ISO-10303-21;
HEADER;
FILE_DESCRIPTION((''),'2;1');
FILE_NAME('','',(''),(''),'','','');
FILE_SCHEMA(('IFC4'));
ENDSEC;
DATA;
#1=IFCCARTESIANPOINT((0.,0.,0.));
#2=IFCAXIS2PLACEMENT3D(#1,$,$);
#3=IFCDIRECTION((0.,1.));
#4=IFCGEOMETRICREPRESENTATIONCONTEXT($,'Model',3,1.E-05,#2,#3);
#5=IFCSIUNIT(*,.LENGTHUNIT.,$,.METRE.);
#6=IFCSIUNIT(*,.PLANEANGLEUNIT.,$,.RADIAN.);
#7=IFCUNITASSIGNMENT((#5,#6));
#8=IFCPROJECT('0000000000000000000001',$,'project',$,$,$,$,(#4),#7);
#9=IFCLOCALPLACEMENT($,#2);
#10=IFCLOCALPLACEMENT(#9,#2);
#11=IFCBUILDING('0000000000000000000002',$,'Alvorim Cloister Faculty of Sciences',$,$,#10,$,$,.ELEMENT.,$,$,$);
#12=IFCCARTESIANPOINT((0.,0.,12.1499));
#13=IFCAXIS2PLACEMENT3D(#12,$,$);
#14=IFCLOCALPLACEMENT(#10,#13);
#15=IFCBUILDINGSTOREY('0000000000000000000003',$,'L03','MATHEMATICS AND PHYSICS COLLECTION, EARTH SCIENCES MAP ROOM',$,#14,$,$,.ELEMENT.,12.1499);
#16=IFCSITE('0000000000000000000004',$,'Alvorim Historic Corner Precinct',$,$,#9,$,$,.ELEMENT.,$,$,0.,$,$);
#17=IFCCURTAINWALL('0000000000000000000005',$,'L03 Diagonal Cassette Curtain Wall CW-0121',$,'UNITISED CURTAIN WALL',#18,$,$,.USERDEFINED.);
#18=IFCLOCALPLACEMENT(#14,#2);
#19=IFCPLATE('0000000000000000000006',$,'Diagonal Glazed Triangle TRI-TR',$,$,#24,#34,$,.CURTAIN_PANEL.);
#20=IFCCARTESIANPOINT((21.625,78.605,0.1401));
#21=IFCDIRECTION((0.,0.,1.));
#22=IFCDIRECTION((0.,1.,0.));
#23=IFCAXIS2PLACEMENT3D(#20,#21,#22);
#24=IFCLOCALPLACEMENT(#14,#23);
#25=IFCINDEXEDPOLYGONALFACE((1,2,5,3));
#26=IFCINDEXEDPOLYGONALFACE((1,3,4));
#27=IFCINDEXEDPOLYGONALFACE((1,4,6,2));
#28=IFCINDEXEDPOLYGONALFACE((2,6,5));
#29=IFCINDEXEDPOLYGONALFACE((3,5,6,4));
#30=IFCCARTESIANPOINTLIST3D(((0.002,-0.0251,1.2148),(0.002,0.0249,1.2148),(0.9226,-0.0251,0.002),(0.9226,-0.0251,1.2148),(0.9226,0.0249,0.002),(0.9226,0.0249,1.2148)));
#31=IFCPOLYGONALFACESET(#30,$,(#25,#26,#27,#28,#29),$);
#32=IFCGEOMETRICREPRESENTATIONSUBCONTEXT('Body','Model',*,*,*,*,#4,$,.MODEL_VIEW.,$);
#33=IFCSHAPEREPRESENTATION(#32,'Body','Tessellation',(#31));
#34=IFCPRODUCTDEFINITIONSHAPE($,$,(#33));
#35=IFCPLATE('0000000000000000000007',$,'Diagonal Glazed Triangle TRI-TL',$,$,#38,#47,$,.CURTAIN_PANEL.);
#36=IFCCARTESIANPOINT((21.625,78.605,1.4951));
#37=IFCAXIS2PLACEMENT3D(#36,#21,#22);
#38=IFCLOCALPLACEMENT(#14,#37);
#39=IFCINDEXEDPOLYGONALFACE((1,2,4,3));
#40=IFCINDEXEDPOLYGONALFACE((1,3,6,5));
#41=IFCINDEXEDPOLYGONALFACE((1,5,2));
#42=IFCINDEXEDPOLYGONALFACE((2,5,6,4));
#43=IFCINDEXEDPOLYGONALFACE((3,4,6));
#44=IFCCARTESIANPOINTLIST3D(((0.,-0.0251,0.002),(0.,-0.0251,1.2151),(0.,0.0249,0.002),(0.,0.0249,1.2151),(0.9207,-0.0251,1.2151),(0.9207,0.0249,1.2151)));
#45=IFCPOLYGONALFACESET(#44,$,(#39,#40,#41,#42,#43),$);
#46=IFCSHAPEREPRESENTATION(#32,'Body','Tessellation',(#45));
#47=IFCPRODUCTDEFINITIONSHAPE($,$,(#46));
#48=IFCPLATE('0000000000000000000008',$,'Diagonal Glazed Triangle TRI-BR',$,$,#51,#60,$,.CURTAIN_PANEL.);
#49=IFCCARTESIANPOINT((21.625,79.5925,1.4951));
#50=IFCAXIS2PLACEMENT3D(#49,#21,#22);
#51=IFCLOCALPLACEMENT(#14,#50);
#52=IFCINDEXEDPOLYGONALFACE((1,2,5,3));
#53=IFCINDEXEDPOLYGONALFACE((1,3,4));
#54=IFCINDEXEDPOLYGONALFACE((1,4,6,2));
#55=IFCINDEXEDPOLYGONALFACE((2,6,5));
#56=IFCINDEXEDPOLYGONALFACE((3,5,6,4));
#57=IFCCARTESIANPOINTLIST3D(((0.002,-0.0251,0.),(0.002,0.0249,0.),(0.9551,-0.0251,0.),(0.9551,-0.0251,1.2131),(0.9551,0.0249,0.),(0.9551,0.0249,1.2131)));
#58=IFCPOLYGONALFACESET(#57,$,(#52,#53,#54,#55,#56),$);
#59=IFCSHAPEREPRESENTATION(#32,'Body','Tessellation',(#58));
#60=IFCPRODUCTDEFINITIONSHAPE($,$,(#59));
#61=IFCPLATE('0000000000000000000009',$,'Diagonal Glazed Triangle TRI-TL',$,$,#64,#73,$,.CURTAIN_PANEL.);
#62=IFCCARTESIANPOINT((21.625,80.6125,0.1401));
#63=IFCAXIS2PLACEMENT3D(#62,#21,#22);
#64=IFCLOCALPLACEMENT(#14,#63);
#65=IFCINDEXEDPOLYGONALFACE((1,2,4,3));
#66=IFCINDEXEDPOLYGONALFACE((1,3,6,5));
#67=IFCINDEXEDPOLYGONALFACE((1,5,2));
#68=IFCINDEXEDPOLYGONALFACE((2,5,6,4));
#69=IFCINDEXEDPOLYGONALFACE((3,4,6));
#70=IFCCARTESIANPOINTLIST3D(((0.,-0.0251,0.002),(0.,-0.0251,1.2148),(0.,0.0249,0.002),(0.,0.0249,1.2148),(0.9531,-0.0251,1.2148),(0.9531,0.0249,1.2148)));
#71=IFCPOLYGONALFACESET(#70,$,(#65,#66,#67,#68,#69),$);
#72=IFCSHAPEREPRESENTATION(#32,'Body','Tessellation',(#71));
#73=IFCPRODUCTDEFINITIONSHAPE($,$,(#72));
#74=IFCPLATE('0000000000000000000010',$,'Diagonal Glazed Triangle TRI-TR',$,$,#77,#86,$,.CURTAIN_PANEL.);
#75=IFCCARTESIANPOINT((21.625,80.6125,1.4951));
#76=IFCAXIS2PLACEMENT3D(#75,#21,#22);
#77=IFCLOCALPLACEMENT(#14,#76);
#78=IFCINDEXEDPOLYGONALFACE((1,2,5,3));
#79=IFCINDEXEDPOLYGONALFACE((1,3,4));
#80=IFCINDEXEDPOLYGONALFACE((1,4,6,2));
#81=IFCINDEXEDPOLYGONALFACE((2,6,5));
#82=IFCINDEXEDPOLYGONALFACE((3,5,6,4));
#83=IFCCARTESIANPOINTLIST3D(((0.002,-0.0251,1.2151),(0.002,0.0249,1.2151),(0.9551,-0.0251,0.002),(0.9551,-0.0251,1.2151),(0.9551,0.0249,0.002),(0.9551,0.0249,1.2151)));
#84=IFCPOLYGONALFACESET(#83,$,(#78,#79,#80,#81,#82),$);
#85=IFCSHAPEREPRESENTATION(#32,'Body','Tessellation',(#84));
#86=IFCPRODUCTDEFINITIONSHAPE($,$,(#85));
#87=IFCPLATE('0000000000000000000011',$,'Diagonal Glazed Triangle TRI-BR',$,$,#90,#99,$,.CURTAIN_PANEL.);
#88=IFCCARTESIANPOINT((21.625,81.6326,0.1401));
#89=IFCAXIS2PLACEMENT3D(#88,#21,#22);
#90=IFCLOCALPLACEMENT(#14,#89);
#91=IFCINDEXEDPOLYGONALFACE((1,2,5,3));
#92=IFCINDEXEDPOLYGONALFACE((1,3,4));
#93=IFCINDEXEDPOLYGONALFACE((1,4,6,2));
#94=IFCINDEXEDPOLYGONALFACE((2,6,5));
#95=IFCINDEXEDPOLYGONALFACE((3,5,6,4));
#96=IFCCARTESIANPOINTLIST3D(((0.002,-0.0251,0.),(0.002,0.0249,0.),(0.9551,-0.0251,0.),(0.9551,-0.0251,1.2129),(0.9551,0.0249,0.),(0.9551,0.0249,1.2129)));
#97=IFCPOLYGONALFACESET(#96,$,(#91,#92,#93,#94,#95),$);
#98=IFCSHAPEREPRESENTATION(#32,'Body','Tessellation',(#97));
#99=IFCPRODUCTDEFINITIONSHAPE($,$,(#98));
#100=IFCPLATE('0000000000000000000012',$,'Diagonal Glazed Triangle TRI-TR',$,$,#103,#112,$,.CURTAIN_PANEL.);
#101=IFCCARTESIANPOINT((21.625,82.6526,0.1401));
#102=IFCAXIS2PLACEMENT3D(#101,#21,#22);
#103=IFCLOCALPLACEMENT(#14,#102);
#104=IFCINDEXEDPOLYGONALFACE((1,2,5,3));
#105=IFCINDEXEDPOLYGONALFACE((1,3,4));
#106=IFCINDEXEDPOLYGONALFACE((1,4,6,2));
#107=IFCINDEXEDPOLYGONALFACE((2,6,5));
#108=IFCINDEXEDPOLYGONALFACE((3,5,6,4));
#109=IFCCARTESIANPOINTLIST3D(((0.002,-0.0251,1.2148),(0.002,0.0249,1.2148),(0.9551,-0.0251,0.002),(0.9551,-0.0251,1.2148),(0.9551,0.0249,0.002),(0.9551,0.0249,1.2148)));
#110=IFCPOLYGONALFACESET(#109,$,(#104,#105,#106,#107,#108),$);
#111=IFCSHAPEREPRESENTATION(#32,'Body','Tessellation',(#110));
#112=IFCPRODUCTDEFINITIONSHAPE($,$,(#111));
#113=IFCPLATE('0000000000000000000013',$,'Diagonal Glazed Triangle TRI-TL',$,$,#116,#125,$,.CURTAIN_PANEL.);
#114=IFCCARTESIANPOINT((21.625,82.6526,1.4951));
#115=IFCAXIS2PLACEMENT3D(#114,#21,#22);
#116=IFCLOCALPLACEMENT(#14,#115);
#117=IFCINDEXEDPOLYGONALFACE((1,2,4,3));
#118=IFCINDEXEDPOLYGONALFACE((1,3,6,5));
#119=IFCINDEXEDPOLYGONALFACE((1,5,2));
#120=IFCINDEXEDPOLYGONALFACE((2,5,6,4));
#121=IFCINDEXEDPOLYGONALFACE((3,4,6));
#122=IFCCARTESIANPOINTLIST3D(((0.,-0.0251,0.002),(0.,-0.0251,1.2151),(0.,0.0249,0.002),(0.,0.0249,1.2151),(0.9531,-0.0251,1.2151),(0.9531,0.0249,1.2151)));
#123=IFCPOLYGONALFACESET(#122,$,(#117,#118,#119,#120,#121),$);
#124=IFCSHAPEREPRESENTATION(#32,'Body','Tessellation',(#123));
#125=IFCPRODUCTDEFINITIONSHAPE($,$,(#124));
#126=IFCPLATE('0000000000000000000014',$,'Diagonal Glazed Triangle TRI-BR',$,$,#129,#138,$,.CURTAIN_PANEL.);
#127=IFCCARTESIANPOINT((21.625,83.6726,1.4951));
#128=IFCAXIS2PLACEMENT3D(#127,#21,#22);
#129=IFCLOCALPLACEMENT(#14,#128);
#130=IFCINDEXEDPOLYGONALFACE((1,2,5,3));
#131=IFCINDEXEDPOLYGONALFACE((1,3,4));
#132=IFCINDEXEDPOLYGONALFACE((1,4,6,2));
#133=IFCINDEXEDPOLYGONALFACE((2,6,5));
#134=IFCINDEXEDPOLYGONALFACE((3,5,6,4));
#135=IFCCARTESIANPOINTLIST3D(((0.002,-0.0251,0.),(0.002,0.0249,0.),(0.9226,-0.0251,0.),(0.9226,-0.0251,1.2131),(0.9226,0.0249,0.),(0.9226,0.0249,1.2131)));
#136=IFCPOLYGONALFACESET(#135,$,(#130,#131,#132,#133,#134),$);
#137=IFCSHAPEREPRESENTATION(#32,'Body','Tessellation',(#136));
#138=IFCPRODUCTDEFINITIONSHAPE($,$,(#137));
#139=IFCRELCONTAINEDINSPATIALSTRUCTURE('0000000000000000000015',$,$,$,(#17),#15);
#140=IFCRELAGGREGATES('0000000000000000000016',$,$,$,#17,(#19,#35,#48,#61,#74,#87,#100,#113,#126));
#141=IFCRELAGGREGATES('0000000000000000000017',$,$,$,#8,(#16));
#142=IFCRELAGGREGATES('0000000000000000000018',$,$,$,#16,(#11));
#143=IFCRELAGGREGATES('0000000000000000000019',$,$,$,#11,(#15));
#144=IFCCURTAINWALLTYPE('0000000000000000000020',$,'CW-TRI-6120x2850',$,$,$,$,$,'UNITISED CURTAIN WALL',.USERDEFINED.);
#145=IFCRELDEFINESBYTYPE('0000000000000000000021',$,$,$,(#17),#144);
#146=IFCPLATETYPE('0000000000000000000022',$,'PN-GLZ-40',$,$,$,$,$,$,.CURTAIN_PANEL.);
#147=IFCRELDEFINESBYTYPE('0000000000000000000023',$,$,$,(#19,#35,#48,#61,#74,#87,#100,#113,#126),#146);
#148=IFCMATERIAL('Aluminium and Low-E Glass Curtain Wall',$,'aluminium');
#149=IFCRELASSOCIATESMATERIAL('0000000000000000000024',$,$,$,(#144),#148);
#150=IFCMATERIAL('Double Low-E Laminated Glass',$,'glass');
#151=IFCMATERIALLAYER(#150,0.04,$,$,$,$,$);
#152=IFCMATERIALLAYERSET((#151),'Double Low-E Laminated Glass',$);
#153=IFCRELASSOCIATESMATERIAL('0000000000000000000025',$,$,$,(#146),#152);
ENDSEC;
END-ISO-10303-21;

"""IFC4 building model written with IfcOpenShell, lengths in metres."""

from ifc_helpers import new_model, si_unit, direction, frame, origin, place, context, subcontext, project, spatial, polyline, outline, extrude, material, layer, layer_set, type_object, element, aggregate, save


model = new_model("IFC4")

# Units and contexts
model_context = context("Model", 3, precision=1e-05, world=origin(), true_north=direction((0.0, 1.0)))
body_context = subcontext(model_context, "Body", "Model", "MODEL_VIEW")
ifc_project = project(units=[si_unit("LENGTHUNIT", "METRE"), si_unit("PLANEANGLEUNIT", "RADIAN")], contexts=[model_context])

# Site, building, storey
site_placement = place(None, origin())
site = spatial("IfcSite", under=ifc_project, at=site_placement, Name="Alvorim Historic Corner Precinct", CompositionType="ELEMENT", RefElevation=0.0)
building_placement = place(site_placement, origin())
building = spatial("IfcBuilding", under=site, at=building_placement, Name="Alvorim Cloister Faculty of Sciences", CompositionType="ELEMENT")
storey_placement = place(building_placement, frame((0.0, 0.0, 12.1499)))
storey = spatial("IfcBuildingStorey", under=building, at=storey_placement, Name="L03", Description="MATHEMATICS AND PHYSICS COLLECTION, EARTH SCIENCES MAP ROOM", CompositionType="ELEMENT", Elevation=12.1499)

# Curtain wall, plates
ifc_material_1 = material(Name="Aluminium and Low-E Glass Curtain Wall", Category="aluminium")
curtain_wall_type = type_object("IfcCurtainWallType", Name="CW-TRI-6120x2850", ElementType="UNITISED CURTAIN WALL", PredefinedType="USERDEFINED", material=ifc_material_1)
curtain_wall_placement = place(storey_placement, origin())
curtain_wall = element("IfcCurtainWall", 1, at=curtain_wall_placement, inside=storey, type_object=curtain_wall_type, Name="L03 Diagonal Cassette Curtain Wall CW-0121", ObjectType="UNITISED CURTAIN WALL", PredefinedType="USERDEFINED")
ifc_material_2 = material(Name="Double Low-E Laminated Glass", Category="glass")
ifc_layer_1 = layer(ifc_material_2, 0.04)
ifc_layer_set_1 = layer_set([ifc_layer_1], Name="Double Low-E Laminated Glass")
plate_type = type_object("IfcPlateType", Name="PN-GLZ-40", PredefinedType="CURTAIN_PANEL", material=ifc_layer_set_1)
plate_1_placement = place(storey_placement, frame((21.625, 78.605, 0.1401), z_axis=(0.0, 0.0, 1.0), x_axis=(0.0, 1.0, 0.0)))
plate_1 = element("IfcPlate", 2, at=plate_1_placement, type_object=plate_type, Name="Diagonal Glazed Triangle TRI-TR", PredefinedType="CURTAIN_PANEL", context=body_context, shape_type="SweptSolid", body=[
    extrude(outline(polyline([(0.9226, 0.002), (0.9226, 1.2148), (0.002, 1.2148), (0.9226, 0.002)])), frame((0.0, 0.0249, 0.0), z_axis=(0.0, -1.0, 0.0), x_axis=(1.0, 0.0, 0.0)), (0.0, 0.0, 1.0), 0.05),
])
plate_2_placement = place(storey_placement, frame((21.625, 78.605, 1.4951), z_axis=(0.0, 0.0, 1.0), x_axis=(0.0, 1.0, 0.0)))
plate_2 = element("IfcPlate", 3, at=plate_2_placement, type_object=plate_type, Name="Diagonal Glazed Triangle TRI-TL", PredefinedType="CURTAIN_PANEL", context=body_context, shape_type="SweptSolid", body=[
    extrude(outline(polyline([(0.9207, 1.2151), (0.0, 1.2151), (0.0, 0.002), (0.9207, 1.2151)])), frame((0.0, 0.0249, 0.0), z_axis=(0.0, -1.0, 0.0), x_axis=(1.0, 0.0, 0.0)), (0.0, 0.0, 1.0), 0.05),
])
plate_3_placement = place(storey_placement, frame((21.625, 79.5925, 1.4951), z_axis=(0.0, 0.0, 1.0), x_axis=(0.0, 1.0, 0.0)))
plate_3 = element("IfcPlate", 4, at=plate_3_placement, type_object=plate_type, Name="Diagonal Glazed Triangle TRI-BR", PredefinedType="CURTAIN_PANEL", context=body_context, shape_type="SweptSolid", body=[
    extrude(outline(polyline([(0.002, 0.0), (0.9551, 0.0), (0.9551, 1.2131), (0.002, 0.0)])), frame((0.0, 0.0249, 0.0), z_axis=(0.0, -1.0, 0.0), x_axis=(1.0, 0.0, 0.0)), (0.0, 0.0, 1.0), 0.05),
])
plate_4_placement = place(storey_placement, frame((21.625, 80.6125, 0.1401), z_axis=(0.0, 0.0, 1.0), x_axis=(0.0, 1.0, 0.0)))
plate_4 = element("IfcPlate", 5, at=plate_4_placement, type_object=plate_type, Name="Diagonal Glazed Triangle TRI-TL", PredefinedType="CURTAIN_PANEL", context=body_context, shape_type="SweptSolid", body=[
    extrude(outline(polyline([(0.9531, 1.2148), (0.0, 1.2148), (0.0, 0.002), (0.9531, 1.2148)])), frame((0.0, 0.0249, 0.0), z_axis=(0.0, -1.0, 0.0), x_axis=(1.0, 0.0, 0.0)), (0.0, 0.0, 1.0), 0.05),
])
plate_5_placement = place(storey_placement, frame((21.625, 80.6125, 1.4951), z_axis=(0.0, 0.0, 1.0), x_axis=(0.0, 1.0, 0.0)))
plate_5 = element("IfcPlate", 6, at=plate_5_placement, type_object=plate_type, Name="Diagonal Glazed Triangle TRI-TR", PredefinedType="CURTAIN_PANEL", context=body_context, shape_type="SweptSolid", body=[
    extrude(outline(polyline([(0.9551, 0.002), (0.9551, 1.2151), (0.002, 1.2151), (0.9551, 0.002)])), frame((0.0, 0.0249, 0.0), z_axis=(0.0, -1.0, 0.0), x_axis=(1.0, 0.0, 0.0)), (0.0, 0.0, 1.0), 0.05),
])
plate_6_placement = place(storey_placement, frame((21.625, 81.6326, 0.1401), z_axis=(0.0, 0.0, 1.0), x_axis=(0.0, 1.0, 0.0)))
plate_6 = element("IfcPlate", 7, at=plate_6_placement, type_object=plate_type, Name="Diagonal Glazed Triangle TRI-BR", PredefinedType="CURTAIN_PANEL", context=body_context, shape_type="SweptSolid", body=[
    extrude(outline(polyline([(0.002, 0.0), (0.9551, 0.0), (0.9551, 1.2129), (0.002, 0.0)])), frame((0.0, 0.0249, 0.0), z_axis=(0.0, -1.0, 0.0), x_axis=(1.0, 0.0, 0.0)), (0.0, 0.0, 1.0), 0.05),
])
plate_7_placement = place(storey_placement, frame((21.625, 82.6526, 0.1401), z_axis=(0.0, 0.0, 1.0), x_axis=(0.0, 1.0, 0.0)))
plate_7 = element("IfcPlate", 8, at=plate_7_placement, type_object=plate_type, Name="Diagonal Glazed Triangle TRI-TR", PredefinedType="CURTAIN_PANEL", context=body_context, shape_type="SweptSolid", body=[
    extrude(outline(polyline([(0.9551, 0.002), (0.9551, 1.2148), (0.002, 1.2148), (0.9551, 0.002)])), frame((0.0, 0.0249, 0.0), z_axis=(0.0, -1.0, 0.0), x_axis=(1.0, 0.0, 0.0)), (0.0, 0.0, 1.0), 0.05),
])
plate_8_placement = place(storey_placement, frame((21.625, 82.6526, 1.4951), z_axis=(0.0, 0.0, 1.0), x_axis=(0.0, 1.0, 0.0)))
plate_8 = element("IfcPlate", 9, at=plate_8_placement, type_object=plate_type, Name="Diagonal Glazed Triangle TRI-TL", PredefinedType="CURTAIN_PANEL", context=body_context, shape_type="SweptSolid", body=[
    extrude(outline(polyline([(0.9531, 1.2151), (0.0, 1.2151), (0.0, 0.002), (0.9531, 1.2151)])), frame((0.0, 0.0249, 0.0), z_axis=(0.0, -1.0, 0.0), x_axis=(1.0, 0.0, 0.0)), (0.0, 0.0, 1.0), 0.05),
])
plate_9_placement = place(storey_placement, frame((21.625, 83.6726, 1.4951), z_axis=(0.0, 0.0, 1.0), x_axis=(0.0, 1.0, 0.0)))
plate_9 = element("IfcPlate", 10, at=plate_9_placement, type_object=plate_type, Name="Diagonal Glazed Triangle TRI-BR", PredefinedType="CURTAIN_PANEL", context=body_context, shape_type="SweptSolid", body=[
    extrude(outline(polyline([(0.002, 0.0), (0.9226, 0.0), (0.9226, 1.2131), (0.002, 0.0)])), frame((0.0, 0.0249, 0.0), z_axis=(0.0, -1.0, 0.0), x_axis=(1.0, 0.0, 0.0)), (0.0, 0.0, 1.0), 0.05),
])
aggregate(curtain_wall, [plate_1, plate_2, plate_3, plate_4, plate_5, plate_6, plate_7, plate_8, plate_9])

save(model, "model.ifc")
